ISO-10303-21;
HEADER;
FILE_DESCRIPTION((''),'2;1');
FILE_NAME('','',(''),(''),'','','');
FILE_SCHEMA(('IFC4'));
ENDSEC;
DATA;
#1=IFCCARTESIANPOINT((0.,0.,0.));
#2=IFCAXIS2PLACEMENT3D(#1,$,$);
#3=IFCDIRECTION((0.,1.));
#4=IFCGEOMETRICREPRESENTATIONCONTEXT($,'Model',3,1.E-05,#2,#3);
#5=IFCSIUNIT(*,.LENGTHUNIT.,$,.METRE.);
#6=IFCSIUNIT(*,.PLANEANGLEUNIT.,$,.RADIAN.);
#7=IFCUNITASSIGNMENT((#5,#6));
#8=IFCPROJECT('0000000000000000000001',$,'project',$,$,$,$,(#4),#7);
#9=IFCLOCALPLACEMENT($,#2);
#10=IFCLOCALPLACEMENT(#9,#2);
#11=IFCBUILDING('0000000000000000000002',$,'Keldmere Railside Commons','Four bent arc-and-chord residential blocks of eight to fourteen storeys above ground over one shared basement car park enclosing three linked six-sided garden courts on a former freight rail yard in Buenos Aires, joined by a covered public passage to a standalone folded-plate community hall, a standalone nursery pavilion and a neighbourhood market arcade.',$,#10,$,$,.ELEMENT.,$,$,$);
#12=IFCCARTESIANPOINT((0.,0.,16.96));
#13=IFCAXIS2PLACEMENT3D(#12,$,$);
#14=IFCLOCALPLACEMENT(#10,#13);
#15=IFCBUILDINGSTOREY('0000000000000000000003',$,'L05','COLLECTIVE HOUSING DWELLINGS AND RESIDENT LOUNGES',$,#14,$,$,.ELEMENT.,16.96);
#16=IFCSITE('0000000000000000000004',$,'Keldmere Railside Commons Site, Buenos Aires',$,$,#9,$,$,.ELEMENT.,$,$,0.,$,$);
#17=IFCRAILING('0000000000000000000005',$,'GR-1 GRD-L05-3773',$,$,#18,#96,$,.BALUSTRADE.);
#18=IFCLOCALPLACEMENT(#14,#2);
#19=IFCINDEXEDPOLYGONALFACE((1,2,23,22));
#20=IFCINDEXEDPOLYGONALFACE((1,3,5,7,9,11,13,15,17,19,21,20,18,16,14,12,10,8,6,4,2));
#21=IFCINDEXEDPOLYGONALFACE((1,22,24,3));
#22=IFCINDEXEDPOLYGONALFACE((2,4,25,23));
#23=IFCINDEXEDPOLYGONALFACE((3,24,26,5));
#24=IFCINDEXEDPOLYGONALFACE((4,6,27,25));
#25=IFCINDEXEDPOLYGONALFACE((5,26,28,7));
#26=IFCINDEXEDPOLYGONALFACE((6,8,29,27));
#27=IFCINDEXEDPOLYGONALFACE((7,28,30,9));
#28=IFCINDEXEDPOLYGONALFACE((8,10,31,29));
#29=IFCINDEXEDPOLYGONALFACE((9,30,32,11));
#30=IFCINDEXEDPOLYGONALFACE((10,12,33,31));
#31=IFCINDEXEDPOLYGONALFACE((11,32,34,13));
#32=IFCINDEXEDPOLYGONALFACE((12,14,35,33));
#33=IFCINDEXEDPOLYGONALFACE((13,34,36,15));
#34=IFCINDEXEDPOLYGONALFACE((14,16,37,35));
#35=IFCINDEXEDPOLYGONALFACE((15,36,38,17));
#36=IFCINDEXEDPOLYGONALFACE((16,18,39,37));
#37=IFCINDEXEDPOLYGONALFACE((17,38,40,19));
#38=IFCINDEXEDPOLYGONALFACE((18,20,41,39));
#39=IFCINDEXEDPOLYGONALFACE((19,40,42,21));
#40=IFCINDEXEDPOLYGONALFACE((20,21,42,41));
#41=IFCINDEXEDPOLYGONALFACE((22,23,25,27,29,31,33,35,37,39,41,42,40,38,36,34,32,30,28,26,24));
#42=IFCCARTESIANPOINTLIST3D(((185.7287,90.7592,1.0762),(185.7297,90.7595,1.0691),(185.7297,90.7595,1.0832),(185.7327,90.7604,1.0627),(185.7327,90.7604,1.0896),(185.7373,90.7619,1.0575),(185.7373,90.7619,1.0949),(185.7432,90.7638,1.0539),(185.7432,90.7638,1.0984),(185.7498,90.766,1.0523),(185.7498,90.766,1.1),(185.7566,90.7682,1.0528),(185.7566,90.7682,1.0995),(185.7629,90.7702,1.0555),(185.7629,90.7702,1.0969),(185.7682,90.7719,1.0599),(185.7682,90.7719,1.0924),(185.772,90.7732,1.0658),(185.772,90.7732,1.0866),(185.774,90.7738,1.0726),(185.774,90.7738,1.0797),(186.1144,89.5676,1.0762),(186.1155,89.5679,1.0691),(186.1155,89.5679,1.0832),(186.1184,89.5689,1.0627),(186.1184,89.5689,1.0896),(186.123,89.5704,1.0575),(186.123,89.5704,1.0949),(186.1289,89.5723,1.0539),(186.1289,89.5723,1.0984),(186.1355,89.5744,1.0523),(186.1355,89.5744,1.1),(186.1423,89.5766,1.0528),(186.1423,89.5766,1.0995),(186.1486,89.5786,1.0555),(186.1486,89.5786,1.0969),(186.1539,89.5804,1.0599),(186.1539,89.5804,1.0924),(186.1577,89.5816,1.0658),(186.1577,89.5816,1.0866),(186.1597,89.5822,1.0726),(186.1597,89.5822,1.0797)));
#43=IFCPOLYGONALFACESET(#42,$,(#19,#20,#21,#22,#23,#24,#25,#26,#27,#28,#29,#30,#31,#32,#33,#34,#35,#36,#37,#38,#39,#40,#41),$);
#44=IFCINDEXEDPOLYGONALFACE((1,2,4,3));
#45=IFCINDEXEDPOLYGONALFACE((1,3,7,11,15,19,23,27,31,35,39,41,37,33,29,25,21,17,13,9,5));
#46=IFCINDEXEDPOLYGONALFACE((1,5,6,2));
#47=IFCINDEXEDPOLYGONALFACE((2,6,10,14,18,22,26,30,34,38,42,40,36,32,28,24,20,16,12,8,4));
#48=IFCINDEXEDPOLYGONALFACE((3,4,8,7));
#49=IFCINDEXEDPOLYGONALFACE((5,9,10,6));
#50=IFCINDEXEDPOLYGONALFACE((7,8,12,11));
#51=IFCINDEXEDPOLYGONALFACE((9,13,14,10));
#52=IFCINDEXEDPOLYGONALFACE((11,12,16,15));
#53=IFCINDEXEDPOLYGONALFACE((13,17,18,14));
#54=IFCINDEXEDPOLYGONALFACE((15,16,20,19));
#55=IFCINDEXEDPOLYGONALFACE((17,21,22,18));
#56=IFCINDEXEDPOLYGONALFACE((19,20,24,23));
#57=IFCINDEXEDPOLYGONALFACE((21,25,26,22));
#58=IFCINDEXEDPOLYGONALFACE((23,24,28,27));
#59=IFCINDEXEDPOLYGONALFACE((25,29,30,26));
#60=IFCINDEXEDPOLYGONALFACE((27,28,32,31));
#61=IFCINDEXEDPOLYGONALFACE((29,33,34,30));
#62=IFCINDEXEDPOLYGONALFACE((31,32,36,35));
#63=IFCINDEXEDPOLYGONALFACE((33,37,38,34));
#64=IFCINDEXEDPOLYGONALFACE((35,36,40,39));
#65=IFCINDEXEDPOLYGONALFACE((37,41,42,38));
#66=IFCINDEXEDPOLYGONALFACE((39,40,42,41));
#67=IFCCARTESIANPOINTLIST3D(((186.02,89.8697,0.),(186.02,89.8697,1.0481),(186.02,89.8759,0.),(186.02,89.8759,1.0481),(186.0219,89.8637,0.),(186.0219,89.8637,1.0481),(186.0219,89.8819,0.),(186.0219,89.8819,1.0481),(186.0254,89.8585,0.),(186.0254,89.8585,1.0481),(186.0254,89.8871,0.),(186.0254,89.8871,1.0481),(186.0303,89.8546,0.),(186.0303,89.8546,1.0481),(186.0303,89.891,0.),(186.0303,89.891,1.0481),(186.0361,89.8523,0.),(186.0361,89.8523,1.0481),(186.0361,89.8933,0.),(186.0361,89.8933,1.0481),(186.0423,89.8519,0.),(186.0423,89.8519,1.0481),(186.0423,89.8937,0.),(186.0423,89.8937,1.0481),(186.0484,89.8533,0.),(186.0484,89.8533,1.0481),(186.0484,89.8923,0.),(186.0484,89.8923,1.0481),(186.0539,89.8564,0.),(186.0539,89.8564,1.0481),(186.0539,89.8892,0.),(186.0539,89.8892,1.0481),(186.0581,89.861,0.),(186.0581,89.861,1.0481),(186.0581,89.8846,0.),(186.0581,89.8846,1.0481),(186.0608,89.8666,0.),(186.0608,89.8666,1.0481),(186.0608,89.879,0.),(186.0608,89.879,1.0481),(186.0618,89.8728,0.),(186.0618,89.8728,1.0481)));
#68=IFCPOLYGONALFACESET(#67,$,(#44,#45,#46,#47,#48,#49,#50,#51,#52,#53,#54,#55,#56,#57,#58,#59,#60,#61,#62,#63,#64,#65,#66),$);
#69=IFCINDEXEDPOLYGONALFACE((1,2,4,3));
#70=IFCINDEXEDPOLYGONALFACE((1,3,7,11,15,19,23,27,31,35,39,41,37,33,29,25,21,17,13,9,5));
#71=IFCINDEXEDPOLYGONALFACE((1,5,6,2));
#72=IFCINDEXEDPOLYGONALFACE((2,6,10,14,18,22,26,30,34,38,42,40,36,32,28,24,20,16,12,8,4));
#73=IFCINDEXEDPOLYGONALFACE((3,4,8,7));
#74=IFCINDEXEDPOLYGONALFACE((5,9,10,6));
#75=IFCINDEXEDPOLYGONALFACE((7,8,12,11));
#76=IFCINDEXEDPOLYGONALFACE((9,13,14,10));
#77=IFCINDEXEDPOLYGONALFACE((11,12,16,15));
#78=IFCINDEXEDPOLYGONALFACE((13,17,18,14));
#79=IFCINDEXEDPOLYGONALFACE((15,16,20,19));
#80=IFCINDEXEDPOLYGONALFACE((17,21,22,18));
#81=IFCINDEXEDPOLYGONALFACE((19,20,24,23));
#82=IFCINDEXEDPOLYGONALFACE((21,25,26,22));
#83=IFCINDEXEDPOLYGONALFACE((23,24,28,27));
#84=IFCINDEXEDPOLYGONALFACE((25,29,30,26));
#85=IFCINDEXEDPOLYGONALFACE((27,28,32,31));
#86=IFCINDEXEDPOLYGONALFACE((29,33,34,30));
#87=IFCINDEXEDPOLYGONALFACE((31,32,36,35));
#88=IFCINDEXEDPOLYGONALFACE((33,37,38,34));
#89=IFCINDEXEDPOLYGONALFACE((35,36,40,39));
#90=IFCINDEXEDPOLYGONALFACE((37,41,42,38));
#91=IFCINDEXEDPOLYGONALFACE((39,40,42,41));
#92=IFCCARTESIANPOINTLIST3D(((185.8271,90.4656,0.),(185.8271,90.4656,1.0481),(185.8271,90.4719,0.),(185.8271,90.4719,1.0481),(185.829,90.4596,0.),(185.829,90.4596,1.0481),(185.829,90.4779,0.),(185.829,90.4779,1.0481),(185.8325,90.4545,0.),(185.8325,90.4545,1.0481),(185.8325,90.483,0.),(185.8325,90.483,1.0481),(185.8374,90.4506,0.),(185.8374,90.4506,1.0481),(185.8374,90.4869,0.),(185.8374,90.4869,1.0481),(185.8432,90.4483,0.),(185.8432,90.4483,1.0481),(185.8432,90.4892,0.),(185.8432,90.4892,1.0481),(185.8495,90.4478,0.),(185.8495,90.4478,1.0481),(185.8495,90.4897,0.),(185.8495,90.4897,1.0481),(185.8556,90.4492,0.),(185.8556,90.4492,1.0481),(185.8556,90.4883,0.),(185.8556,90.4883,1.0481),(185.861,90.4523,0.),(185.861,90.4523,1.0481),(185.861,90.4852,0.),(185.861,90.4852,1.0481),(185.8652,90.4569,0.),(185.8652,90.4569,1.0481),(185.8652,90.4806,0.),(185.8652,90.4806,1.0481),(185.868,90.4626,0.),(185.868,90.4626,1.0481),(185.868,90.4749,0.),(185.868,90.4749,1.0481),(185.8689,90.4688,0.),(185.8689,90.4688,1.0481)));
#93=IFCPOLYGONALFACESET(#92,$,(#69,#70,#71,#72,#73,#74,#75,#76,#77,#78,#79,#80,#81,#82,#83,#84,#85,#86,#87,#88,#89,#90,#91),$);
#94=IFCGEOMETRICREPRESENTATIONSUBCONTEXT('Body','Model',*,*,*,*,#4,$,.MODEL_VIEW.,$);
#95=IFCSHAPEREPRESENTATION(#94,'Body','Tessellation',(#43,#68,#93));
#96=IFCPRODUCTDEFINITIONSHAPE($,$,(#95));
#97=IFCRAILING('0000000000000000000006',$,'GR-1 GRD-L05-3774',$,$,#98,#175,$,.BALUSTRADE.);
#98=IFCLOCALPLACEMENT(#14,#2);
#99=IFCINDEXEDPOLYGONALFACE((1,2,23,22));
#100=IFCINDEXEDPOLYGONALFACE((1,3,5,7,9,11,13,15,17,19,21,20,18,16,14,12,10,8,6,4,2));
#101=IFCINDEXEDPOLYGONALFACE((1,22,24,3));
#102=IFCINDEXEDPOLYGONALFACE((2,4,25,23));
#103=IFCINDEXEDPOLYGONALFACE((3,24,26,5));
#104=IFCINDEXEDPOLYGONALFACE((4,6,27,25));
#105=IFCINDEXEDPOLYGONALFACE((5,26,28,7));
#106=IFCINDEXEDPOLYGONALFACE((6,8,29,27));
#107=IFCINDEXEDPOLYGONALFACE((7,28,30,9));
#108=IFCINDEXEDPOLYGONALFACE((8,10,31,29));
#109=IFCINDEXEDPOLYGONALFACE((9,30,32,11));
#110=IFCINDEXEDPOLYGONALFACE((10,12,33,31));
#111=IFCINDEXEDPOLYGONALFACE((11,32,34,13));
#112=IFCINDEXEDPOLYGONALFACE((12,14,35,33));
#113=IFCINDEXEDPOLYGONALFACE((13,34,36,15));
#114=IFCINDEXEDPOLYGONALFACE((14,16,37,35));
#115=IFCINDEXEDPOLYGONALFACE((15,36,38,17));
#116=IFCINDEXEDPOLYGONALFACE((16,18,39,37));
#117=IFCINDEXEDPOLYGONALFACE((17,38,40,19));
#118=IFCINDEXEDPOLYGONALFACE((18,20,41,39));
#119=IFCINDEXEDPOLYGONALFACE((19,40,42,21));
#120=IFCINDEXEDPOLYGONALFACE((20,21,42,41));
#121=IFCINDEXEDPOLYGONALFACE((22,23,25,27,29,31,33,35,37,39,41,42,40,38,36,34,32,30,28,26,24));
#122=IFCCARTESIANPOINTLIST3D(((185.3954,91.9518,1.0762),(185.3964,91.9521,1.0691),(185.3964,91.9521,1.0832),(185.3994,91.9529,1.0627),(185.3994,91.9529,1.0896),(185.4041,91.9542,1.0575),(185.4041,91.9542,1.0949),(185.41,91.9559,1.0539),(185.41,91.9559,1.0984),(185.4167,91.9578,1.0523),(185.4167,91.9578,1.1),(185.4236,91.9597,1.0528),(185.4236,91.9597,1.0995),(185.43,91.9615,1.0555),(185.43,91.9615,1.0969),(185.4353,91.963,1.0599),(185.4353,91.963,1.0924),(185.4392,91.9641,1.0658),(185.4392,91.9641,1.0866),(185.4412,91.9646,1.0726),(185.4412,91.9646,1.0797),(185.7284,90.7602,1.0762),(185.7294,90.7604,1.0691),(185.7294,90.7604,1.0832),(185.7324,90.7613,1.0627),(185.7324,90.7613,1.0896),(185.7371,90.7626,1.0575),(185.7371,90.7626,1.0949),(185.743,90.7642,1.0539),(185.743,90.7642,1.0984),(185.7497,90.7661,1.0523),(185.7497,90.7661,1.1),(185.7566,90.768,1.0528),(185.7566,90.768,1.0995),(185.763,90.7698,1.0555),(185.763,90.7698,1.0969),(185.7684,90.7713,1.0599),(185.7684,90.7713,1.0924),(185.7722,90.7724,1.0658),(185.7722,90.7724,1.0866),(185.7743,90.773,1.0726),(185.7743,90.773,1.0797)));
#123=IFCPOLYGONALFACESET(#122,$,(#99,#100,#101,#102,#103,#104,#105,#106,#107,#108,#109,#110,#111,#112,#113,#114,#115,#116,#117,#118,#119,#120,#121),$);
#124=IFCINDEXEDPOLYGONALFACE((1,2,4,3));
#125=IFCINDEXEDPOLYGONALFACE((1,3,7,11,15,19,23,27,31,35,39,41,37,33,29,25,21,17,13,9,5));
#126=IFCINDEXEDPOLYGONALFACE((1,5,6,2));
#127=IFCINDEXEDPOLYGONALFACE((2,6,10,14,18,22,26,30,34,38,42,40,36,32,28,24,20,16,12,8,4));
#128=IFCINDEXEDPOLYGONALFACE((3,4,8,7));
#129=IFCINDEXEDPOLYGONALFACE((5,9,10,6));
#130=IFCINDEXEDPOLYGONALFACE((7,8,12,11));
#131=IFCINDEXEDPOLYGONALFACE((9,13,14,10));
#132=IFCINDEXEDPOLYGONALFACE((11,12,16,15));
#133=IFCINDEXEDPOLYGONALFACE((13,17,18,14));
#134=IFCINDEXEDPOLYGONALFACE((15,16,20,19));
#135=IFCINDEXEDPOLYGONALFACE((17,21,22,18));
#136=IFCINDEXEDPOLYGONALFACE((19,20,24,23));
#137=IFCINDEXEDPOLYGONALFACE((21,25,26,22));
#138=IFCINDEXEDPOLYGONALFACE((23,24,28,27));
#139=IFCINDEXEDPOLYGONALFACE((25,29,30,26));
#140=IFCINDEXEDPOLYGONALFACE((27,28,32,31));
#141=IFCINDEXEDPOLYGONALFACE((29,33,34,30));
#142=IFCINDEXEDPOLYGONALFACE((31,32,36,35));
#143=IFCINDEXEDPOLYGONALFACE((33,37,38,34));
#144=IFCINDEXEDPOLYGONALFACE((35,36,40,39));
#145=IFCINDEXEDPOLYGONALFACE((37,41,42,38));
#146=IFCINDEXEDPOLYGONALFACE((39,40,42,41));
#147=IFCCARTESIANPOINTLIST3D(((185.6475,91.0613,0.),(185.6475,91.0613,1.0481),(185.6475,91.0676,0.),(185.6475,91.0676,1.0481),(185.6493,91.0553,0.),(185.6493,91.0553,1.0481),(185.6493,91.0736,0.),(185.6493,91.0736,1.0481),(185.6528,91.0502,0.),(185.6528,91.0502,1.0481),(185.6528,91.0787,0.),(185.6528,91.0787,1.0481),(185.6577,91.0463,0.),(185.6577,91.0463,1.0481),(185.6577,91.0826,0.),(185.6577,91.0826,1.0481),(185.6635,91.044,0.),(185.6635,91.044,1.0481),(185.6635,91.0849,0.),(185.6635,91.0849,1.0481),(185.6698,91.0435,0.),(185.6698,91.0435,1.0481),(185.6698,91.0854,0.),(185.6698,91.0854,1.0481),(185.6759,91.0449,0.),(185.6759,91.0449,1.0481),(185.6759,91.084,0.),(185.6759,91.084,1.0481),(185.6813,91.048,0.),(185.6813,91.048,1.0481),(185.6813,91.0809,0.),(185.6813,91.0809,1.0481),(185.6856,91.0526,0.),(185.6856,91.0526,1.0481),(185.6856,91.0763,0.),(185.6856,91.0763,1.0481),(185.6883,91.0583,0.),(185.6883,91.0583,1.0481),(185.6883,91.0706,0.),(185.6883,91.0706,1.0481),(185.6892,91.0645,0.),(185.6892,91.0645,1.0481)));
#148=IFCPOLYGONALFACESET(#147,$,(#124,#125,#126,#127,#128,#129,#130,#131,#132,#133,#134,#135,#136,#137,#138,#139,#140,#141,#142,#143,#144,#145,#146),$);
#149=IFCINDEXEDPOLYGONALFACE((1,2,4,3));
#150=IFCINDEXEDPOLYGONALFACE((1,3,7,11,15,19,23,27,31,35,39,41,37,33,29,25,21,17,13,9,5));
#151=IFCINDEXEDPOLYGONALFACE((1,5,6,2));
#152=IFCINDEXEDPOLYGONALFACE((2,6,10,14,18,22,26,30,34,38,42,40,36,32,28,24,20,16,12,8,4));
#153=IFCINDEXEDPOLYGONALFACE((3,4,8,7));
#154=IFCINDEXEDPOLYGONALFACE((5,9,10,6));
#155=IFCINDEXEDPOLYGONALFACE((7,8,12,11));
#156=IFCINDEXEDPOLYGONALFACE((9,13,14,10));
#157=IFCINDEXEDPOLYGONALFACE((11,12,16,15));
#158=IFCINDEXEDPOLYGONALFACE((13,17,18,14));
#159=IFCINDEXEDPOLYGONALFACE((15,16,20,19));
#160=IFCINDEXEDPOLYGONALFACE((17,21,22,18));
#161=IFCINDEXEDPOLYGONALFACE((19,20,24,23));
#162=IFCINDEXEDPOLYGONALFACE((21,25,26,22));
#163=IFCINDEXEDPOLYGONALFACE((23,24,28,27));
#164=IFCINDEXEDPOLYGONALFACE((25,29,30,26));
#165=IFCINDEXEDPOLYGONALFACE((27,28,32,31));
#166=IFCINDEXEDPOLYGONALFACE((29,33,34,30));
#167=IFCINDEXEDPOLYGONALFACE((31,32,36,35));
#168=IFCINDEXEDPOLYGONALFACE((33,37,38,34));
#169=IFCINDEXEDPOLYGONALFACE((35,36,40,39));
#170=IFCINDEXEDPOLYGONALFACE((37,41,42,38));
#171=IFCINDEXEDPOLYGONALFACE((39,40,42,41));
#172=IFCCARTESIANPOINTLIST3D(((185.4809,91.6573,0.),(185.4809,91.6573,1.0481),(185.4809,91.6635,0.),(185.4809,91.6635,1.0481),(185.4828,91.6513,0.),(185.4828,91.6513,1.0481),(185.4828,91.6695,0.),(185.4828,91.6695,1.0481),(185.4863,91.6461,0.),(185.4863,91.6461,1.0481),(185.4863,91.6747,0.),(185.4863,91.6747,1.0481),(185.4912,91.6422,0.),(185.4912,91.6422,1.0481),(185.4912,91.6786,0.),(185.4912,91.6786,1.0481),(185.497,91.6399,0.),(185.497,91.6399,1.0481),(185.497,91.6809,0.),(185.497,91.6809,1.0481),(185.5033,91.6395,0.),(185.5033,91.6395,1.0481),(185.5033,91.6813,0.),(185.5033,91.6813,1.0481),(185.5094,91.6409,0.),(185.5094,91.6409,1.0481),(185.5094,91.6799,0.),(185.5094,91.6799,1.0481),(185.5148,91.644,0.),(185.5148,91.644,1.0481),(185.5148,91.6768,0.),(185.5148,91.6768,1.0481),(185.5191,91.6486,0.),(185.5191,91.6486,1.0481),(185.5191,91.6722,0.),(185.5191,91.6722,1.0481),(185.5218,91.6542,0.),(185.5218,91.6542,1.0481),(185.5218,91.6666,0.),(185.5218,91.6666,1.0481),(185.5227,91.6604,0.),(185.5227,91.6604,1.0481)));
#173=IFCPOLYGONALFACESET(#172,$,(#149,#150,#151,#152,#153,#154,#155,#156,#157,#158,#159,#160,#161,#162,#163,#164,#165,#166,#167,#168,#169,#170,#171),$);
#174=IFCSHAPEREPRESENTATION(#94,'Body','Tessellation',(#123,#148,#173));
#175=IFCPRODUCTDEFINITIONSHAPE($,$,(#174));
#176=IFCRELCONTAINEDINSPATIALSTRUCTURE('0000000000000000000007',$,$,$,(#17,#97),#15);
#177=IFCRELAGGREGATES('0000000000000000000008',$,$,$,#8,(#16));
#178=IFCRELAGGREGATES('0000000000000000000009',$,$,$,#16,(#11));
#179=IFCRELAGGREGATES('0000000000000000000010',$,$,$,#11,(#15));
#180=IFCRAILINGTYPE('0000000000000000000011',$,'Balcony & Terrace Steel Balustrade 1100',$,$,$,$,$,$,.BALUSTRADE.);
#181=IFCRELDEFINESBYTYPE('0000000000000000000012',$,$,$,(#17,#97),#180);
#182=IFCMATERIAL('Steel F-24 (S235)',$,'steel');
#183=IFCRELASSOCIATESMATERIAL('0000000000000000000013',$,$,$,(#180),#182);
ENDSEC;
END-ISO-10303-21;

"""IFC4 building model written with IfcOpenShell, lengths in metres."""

from ifc_helpers import new_model, si_unit, direction, frame, origin, origin_2d, place, context, subcontext, project, spatial, circle, extrude, material, type_object, element, save


model = new_model("IFC4")

# Units and contexts
model_context = context("Model", 3, precision=1e-05, world=origin(), true_north=direction((0.0, 1.0)))
body_context = subcontext(model_context, "Body", "Model", "MODEL_VIEW")
ifc_project = project(units=[si_unit("LENGTHUNIT", "METRE"), si_unit("PLANEANGLEUNIT", "RADIAN")], contexts=[model_context])

# Site, building, storey
site_placement = place(None, origin())
site = spatial("IfcSite", under=ifc_project, at=site_placement, Name="Keldmere Railside Commons Site, Buenos Aires", CompositionType="ELEMENT", RefElevation=0.0)
building_placement = place(site_placement, origin())
building = spatial("IfcBuilding", under=site, at=building_placement, Name="Keldmere Railside Commons", Description="Four bent arc-and-chord residential blocks of eight to fourteen storeys above ground over one shared basement car park enclosing three linked six-sided garden courts on a former freight rail yard in Buenos Aires, joined by a covered public passage to a standalone folded-plate community hall, a standalone nursery pavilion and a neighbourhood market arcade.", CompositionType="ELEMENT")
storey_placement = place(building_placement, frame((0.0, 0.0, 16.96)))
storey = spatial("IfcBuildingStorey", under=building, at=storey_placement, Name="L05", Description="COLLECTIVE HOUSING DWELLINGS AND RESIDENT LOUNGES", CompositionType="ELEMENT", Elevation=16.96)

# Railings
ifc_material_1 = material(Name="Steel F-24 (S235)", Category="steel")
railing_type = type_object("IfcRailingType", Name="Balcony & Terrace Steel Balustrade 1100", PredefinedType="BALUSTRADE", material=ifc_material_1)
railing_1_placement = place(storey_placement, frame((186.1372, 89.575, 0.0)))
element("IfcRailing", 1, at=railing_1_placement, inside=storey, type_object=railing_type, Name="GR-1 GRD-L05-3773", PredefinedType="BALUSTRADE", context=body_context, shape_type="SweptSolid", body=[
    extrude(circle(Radius=0.0239, at=origin_2d()), frame((0.0, 0.0, 1.0762), z_axis=(-0.307971, 0.951396, 0.0), x_axis=(-0.951396, -0.307971, 0.0)), (0.0, 0.0, 1.0), 1.2524),
    extrude(circle(Radius=0.021, at=origin_2d()), frame((-0.0964, 0.2979, 0.0)), (0.0, 0.0, 1.0), 1.0481),
    extrude(circle(Radius=0.021, at=origin_2d()), frame((-0.2893, 0.8938, 0.0)), (0.0, 0.0, 1.0), 1.0481),
])
railing_2_placement = place(storey_placement, frame((185.7515, 90.7666, 0.0)))
element("IfcRailing", 2, at=railing_2_placement, inside=storey, type_object=railing_type, Name="GR-1 GRD-L05-3774", PredefinedType="BALUSTRADE", context=body_context, shape_type="SweptSolid", body=[
    extrude(circle(Radius=0.0239, at=origin_2d()), frame((0.0, 0.0, 1.0762), z_axis=(-0.26914, 0.963101, 0.0), x_axis=(-0.963101, -0.26914, 0.0)), (0.0, 0.0, 1.0), 1.2373),
    extrude(circle(Radius=0.021, at=origin_2d()), frame((-0.0833, 0.2979, 0.0)), (0.0, 0.0, 1.0), 1.0481),
    extrude(circle(Radius=0.021, at=origin_2d()), frame((-0.2498, 0.8938, 0.0)), (0.0, 0.0, 1.0), 1.0481),
])

save(model, "model.ifc")
